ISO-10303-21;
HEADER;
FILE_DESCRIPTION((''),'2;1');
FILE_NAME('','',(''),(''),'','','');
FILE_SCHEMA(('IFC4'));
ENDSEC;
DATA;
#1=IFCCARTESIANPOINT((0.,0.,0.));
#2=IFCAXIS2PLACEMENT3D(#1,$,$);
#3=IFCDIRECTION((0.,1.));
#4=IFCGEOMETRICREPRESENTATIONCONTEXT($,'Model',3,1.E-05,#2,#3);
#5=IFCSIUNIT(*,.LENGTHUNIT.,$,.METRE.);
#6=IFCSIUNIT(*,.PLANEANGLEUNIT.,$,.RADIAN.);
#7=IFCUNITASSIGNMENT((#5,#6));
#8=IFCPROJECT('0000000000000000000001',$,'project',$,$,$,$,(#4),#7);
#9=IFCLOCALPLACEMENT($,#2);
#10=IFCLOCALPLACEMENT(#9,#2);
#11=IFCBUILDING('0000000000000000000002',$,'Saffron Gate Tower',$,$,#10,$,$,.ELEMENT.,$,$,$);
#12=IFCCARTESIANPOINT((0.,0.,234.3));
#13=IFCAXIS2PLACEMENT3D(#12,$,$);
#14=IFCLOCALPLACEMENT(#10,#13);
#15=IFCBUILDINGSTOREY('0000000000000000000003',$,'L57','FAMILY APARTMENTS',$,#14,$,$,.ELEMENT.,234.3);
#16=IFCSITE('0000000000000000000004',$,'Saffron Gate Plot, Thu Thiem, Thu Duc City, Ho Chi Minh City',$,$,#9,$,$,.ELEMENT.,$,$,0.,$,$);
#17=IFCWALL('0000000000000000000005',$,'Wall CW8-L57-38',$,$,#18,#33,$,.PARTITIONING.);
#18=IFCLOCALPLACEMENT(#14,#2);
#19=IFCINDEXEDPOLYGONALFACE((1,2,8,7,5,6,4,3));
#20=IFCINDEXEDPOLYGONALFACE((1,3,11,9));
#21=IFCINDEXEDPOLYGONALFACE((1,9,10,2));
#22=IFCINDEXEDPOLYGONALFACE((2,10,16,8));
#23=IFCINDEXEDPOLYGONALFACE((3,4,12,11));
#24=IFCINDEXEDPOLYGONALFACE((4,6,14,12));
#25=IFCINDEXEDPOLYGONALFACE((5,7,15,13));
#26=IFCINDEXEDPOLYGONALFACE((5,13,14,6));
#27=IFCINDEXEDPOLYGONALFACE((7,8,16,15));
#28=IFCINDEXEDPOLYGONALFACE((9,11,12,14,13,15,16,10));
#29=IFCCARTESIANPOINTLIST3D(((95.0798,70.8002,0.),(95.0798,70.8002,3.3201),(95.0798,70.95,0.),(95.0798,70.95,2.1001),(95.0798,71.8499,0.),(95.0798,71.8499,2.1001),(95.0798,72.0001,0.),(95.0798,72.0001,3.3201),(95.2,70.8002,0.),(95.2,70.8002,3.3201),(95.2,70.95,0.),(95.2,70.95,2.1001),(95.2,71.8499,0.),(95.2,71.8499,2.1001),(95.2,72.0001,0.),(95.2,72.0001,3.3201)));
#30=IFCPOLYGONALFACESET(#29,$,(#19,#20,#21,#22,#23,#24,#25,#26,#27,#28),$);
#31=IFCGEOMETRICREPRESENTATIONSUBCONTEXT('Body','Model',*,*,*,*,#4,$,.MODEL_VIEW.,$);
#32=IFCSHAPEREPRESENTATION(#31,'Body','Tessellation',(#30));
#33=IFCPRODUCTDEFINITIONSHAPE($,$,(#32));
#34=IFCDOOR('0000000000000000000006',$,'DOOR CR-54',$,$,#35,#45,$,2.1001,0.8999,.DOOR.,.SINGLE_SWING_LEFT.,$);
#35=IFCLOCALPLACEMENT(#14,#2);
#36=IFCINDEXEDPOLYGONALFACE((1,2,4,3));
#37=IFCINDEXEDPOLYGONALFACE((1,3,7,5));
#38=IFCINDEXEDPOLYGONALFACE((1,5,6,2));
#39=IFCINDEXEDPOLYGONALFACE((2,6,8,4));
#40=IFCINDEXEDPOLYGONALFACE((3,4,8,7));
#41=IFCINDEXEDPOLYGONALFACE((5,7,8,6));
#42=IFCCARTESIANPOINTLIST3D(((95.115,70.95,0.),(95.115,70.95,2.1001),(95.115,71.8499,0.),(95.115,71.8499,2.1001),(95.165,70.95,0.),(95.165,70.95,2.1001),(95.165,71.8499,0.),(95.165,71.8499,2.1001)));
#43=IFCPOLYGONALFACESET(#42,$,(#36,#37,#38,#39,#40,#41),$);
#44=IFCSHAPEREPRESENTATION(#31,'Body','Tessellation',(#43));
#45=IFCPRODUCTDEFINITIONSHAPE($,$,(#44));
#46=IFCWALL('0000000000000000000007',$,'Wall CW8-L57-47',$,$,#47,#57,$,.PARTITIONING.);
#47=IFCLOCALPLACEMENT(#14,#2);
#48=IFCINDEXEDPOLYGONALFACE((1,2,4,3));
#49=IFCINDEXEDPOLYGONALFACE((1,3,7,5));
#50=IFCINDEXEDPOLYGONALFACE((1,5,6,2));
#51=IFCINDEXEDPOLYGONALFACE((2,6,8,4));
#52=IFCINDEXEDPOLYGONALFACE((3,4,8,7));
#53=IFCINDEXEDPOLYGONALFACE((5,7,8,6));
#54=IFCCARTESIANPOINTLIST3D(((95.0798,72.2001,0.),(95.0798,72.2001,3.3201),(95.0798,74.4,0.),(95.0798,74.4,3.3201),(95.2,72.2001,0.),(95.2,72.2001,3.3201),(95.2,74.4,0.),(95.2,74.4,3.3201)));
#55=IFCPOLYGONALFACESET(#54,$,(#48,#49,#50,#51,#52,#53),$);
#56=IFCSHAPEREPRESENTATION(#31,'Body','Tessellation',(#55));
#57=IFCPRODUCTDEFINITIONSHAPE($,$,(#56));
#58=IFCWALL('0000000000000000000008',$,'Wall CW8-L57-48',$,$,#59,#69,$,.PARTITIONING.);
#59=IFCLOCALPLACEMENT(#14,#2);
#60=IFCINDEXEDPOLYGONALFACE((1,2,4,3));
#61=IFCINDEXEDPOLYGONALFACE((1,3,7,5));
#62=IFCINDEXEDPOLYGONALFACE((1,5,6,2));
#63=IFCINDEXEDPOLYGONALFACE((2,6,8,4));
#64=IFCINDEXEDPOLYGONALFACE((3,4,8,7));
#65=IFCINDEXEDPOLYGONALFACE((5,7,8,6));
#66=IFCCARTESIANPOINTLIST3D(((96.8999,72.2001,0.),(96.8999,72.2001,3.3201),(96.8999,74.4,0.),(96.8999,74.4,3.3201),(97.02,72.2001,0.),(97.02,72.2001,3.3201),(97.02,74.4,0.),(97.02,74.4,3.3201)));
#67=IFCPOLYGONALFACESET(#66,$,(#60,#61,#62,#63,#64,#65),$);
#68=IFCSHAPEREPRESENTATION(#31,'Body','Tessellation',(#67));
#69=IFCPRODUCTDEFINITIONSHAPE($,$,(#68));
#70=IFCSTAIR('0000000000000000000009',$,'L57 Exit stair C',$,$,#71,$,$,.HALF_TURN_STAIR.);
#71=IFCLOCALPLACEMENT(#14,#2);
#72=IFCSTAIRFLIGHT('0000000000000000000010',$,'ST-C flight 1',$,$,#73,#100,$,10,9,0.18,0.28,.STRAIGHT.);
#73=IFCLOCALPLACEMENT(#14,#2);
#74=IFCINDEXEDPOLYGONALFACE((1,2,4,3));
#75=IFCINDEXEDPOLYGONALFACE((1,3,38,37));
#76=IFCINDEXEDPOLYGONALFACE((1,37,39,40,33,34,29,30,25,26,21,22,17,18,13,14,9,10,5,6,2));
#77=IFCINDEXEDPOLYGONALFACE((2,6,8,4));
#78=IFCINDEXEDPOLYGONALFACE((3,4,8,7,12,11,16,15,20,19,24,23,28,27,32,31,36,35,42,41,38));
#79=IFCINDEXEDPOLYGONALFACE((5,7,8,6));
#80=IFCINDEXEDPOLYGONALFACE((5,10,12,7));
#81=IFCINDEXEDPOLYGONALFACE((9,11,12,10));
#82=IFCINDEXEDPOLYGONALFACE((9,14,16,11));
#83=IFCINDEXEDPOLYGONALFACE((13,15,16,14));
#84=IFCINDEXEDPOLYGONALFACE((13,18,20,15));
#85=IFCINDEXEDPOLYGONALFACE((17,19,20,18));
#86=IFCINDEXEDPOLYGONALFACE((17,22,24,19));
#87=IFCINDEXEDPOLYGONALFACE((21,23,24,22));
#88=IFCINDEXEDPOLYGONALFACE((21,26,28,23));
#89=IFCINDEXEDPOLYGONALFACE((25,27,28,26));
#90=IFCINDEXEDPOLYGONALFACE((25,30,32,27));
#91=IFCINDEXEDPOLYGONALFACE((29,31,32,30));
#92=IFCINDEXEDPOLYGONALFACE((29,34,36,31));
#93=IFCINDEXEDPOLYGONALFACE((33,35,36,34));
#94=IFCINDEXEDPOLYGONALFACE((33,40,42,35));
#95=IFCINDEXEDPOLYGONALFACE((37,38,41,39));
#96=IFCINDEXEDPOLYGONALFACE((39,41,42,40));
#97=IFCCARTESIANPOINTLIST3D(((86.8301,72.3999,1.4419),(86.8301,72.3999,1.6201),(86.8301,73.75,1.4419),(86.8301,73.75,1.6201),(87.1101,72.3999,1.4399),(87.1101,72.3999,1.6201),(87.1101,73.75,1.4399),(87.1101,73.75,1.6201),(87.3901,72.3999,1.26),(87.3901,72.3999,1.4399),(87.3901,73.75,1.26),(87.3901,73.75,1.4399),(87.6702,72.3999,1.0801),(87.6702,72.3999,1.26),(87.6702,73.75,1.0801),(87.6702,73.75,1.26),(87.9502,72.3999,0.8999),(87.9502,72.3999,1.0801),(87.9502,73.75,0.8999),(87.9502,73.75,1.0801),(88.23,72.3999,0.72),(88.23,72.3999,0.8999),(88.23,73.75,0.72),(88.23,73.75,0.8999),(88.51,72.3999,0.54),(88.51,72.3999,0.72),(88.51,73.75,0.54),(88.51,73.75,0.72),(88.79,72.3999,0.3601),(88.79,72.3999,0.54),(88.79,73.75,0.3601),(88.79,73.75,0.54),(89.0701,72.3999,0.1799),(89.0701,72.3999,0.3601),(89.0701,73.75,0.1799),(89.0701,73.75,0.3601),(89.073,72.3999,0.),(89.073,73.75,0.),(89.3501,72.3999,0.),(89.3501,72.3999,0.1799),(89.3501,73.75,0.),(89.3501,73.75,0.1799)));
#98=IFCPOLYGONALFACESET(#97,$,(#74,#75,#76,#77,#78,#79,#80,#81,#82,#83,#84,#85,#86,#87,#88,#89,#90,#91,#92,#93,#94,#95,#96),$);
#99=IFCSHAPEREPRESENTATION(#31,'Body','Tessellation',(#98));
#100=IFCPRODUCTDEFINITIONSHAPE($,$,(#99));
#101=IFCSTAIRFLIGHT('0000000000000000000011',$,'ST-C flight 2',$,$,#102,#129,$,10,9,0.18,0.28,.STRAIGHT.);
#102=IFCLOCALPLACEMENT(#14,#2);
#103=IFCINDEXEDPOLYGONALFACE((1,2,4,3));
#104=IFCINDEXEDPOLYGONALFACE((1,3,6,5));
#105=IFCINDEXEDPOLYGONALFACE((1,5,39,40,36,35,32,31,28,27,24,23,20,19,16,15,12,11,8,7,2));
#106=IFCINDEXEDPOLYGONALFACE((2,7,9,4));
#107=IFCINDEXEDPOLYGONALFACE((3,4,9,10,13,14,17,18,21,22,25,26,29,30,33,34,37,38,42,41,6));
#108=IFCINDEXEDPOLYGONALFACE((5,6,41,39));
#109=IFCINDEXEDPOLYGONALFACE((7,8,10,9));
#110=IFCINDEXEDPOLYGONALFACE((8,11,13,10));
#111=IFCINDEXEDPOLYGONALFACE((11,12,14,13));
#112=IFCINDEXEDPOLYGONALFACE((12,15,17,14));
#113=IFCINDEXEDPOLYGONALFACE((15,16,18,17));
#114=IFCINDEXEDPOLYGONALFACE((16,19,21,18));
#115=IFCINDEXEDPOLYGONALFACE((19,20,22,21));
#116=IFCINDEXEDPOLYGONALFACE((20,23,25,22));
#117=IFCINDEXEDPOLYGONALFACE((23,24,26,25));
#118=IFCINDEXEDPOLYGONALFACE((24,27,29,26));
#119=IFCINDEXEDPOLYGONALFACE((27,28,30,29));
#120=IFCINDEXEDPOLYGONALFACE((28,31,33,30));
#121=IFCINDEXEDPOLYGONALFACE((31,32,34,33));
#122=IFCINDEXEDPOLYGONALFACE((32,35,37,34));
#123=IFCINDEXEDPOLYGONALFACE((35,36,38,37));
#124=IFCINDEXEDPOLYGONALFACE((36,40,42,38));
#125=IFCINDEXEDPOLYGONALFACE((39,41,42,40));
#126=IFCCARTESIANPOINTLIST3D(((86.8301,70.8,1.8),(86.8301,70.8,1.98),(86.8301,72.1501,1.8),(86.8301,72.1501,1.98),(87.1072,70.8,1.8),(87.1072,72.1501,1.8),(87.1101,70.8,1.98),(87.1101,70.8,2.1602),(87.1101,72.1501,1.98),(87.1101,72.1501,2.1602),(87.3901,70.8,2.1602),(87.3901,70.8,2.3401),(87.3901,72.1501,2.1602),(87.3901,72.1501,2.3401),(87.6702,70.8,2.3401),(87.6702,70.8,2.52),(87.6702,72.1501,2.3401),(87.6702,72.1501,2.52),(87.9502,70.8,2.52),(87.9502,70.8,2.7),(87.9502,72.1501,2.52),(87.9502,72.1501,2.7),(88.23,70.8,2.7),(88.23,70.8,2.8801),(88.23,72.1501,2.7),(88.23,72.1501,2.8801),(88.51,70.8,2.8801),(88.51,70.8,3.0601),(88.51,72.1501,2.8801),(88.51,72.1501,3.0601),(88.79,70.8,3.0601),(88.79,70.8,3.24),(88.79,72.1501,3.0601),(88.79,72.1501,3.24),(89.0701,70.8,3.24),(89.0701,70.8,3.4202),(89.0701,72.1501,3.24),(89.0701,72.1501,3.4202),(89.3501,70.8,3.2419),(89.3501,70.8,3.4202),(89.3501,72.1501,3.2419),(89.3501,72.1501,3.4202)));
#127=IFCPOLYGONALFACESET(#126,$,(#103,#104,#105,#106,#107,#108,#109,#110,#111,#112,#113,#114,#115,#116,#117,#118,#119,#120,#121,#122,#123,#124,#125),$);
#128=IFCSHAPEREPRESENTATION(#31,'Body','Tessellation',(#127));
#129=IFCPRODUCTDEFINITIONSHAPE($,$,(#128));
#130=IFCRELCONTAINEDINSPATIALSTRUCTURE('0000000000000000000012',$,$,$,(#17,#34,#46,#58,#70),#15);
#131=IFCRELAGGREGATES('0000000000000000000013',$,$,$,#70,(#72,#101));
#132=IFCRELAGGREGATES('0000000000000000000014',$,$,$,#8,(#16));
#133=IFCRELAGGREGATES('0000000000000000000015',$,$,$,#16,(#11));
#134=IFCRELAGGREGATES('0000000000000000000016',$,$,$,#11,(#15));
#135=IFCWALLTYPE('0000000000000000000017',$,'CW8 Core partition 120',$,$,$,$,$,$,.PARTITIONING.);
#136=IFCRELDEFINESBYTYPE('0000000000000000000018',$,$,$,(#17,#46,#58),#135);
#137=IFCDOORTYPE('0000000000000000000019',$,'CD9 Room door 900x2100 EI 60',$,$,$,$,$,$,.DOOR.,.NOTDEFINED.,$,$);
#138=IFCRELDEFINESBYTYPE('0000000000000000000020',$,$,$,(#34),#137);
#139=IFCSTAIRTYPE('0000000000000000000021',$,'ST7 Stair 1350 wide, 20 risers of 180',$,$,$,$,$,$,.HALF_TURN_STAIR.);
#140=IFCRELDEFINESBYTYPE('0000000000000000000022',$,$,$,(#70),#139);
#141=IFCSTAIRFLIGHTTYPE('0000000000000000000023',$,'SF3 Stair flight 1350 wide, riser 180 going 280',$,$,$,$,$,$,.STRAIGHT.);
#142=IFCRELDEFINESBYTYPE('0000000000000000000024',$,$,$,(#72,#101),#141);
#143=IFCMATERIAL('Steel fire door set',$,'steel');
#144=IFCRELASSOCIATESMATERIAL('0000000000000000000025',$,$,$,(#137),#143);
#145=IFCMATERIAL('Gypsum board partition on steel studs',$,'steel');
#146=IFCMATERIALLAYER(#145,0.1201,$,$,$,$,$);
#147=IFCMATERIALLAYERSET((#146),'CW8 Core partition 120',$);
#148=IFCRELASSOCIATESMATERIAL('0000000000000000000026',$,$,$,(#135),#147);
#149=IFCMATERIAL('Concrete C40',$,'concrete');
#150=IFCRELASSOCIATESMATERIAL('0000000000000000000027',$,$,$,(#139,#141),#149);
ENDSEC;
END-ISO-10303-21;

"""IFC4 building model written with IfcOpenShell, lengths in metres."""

from ifc_helpers import new_model, si_unit, direction, frame, frame_2d, origin, place, context, subcontext, project, spatial, polyline, rectangle, outline, extrude, material, layer, layer_set, type_object, element, fill, aggregate, save


model = new_model("IFC4")

# Units and contexts
model_context = context("Model", 3, precision=1e-05, world=origin(), true_north=direction((0.0, 1.0)))
body_context = subcontext(model_context, "Body", "Model", "MODEL_VIEW")
ifc_project = project(units=[si_unit("LENGTHUNIT", "METRE"), si_unit("PLANEANGLEUNIT", "RADIAN")], contexts=[model_context])

# Site, building, storey
site_placement = place(None, origin())
site = spatial("IfcSite", under=ifc_project, at=site_placement, Name="Saffron Gate Plot, Thu Thiem, Thu Duc City, Ho Chi Minh City", CompositionType="ELEMENT", RefElevation=0.0)
building_placement = place(site_placement, origin())
building = spatial("IfcBuilding", under=site, at=building_placement, Name="Saffron Gate Tower", CompositionType="ELEMENT")
storey_placement = place(building_placement, frame((0.0, 0.0, 234.3)))
storey = spatial("IfcBuildingStorey", under=building, at=storey_placement, Name="L57", Description="FAMILY APARTMENTS", CompositionType="ELEMENT", Elevation=234.3)

# Shared definitions
ifc_material_1 = material(Name="Gypsum board partition on steel studs", Category="steel")

# Shared definitions
ifc_material_2 = material(Name="Steel fire door set", Category="steel")

# Shared definitions
door_type_1 = type_object("IfcDoorType", Name="CD9 Room door 900x2100 EI 60", OperationType="NOTDEFINED", PredefinedType="DOOR", material=ifc_material_2)

# Wall, opening, door
ifc_layer_1 = layer(ifc_material_1, 0.1201)
ifc_layer_set_1 = layer_set([ifc_layer_1], Name="CW8 Core partition 120")
wall_type_1 = type_object("IfcWallType", Name="CW8 Core partition 120", PredefinedType="PARTITIONING", material=ifc_layer_set_1)
wall_1_placement = place(storey_placement, frame((95.1399, 70.8, 0.0), z_axis=(0.0, 0.0, 1.0), x_axis=(0.0, 1.0, 0.0)))
wall_1 = element("IfcWall", 1, at=wall_1_placement, inside=storey, type_object=wall_type_1, Name="Wall CW8-L57-38", PredefinedType="PARTITIONING", context=body_context, shape_type="SweptSolid", body=[
    extrude(rectangle(XDim=1.2, YDim=0.1201, at=frame_2d((0.6001, 0.0))), origin(), (0.0, 0.0, 1.0), 3.3201),
])
opening_1_placement = place(wall_1_placement, frame((0.1499, 0.0, 0.0)))
opening_1 = element("IfcOpeningElement", 2, at=opening_1_placement, cuts=wall_1, PredefinedType="OPENING", context=body_context, shape_type="SweptSolid", body=[
    extrude(rectangle(XDim=0.8999, YDim=2.1001, at=frame_2d((0.45, 1.05))), frame((0.0, 0.0701, 0.0), z_axis=(0.0, -1.0, 0.0), x_axis=(1.0, 0.0, 0.0)), (0.0, 0.0, 1.0), 0.1401),
])
door_1_placement = place(opening_1_placement, origin())
door_1 = element("IfcDoor", 3, at=door_1_placement, inside=storey, type_object=door_type_1, Name="DOOR CR-54", OperationType="SINGLE_SWING_LEFT", OverallHeight=2.1001, OverallWidth=0.8999, PredefinedType="DOOR", context=body_context, shape_type="SweptSolid", body=[
    extrude(rectangle(XDim=0.8999, YDim=2.1001, at=frame_2d((0.45, 1.05))), frame((0.0, 0.0249, 0.0), z_axis=(0.0, -1.0, 0.0), x_axis=(1.0, 0.0, 0.0)), (0.0, 0.0, 1.0), 0.05),
])
fill(opening_1, door_1)

# Walls
for number, where, z_axis, x_axis, name in (
    (4, (95.1399, 72.2, 0.0), (0.0, 0.0, 1.0), (0.0, 1.0, 0.0), "Wall CW8-L57-47"),
    (5, (96.96, 72.2, 0.0), (0.0, 0.0, 1.0), (0.0, 1.0, 0.0), "Wall CW8-L57-48"),
):
    element("IfcWall", number, at=place(storey_placement, frame(where, z_axis=z_axis, x_axis=x_axis)), inside=storey, type_object=wall_type_1, Name=name, PredefinedType="PARTITIONING", context=body_context, shape_type="SweptSolid", body=[
        extrude(rectangle(XDim=2.2, YDim=0.1201, at=frame_2d((1.1001, 0.0))), origin(), (0.0, 0.0, 1.0), 3.3201),
    ])

# Stair, stair flights
ifc_material_3 = material(Name="Concrete C40", Category="concrete")
stair_type = type_object("IfcStairType", Name="ST7 Stair 1350 wide, 20 risers of 180", PredefinedType="HALF_TURN_STAIR", material=ifc_material_3)
stair_placement = place(storey_placement, origin())
stair = element("IfcStair", 6, at=stair_placement, inside=storey, type_object=stair_type, Name="L57 Exit stair C", PredefinedType="HALF_TURN_STAIR")
stair_flight_type = type_object("IfcStairFlightType", Name="SF3 Stair flight 1350 wide, riser 180 going 280", PredefinedType="STRAIGHT", material=ifc_material_3)
stair_flight_1_placement = place(storey_placement, frame((89.3501, 73.075, 0.0), z_axis=(0.0, 0.0, 1.0), x_axis=(-1.0, 0.0, 0.0)))
stair_flight_1 = element("IfcStairFlight", 7, at=stair_flight_1_placement, type_object=stair_flight_type, Name="ST-C flight 1", NumberOfRisers=10, NumberOfTreads=9, PredefinedType="STRAIGHT", RiserHeight=0.18, TreadLength=0.28, context=body_context, shape_type="SweptSolid", body=[
    extrude(outline(polyline([(0.0, 0.0), (0.0, 0.1799), (0.28, 0.1799), (0.28, 0.3601), (0.5601, 0.3601), (0.5601, 0.54), (0.8401, 0.54), (0.8401, 0.72), (1.1201, 0.72), (1.1201, 0.8999), (1.3999, 0.8999), (1.3999, 1.0801), (1.6799, 1.0801), (1.6799, 1.26), (1.96, 1.26), (1.96, 1.4399), (2.24, 1.4399), (2.24, 1.6201), (2.52, 1.6201), (2.52, 1.8), (2.52, 1.4419), (0.2771, 0.0), (0.0, 0.0)])), frame((0.0, 0.675, 0.0), z_axis=(0.0, -1.0, 0.0), x_axis=(1.0, 0.0, 0.0)), (0.0, 0.0, 1.0), 1.3501),
])
stair_flight_2_placement = place(storey_placement, frame((86.8301, 71.4751, 1.8), z_axis=(0.0, 0.0, 1.0), x_axis=(1.0, 0.0, 0.0)))
stair_flight_2 = element("IfcStairFlight", 8, at=stair_flight_2_placement, type_object=stair_flight_type, Name="ST-C flight 2", NumberOfRisers=10, NumberOfTreads=9, PredefinedType="STRAIGHT", RiserHeight=0.18, TreadLength=0.28, context=body_context, shape_type="SweptSolid", body=[
    extrude(outline(polyline([(0.0, 0.0), (0.0, 0.1799), (0.28, 0.1799), (0.28, 0.3601), (0.5601, 0.3601), (0.5601, 0.54), (0.8401, 0.54), (0.8401, 0.72), (1.1201, 0.72), (1.1201, 0.8999), (1.3999, 0.8999), (1.3999, 1.0801), (1.6799, 1.0801), (1.6799, 1.26), (1.96, 1.26), (1.96, 1.4399), (2.24, 1.4399), (2.24, 1.6201), (2.52, 1.6201), (2.52, 1.8), (2.52, 1.4419), (0.2771, 0.0), (0.0, 0.0)])), frame((0.0, 0.675, 0.0), z_axis=(0.0, -1.0, 0.0), x_axis=(1.0, 0.0, 0.0)), (0.0, 0.0, 1.0), 1.3501),
])
aggregate(stair, [stair_flight_1, stair_flight_2])

save(model, "model.ifc")
